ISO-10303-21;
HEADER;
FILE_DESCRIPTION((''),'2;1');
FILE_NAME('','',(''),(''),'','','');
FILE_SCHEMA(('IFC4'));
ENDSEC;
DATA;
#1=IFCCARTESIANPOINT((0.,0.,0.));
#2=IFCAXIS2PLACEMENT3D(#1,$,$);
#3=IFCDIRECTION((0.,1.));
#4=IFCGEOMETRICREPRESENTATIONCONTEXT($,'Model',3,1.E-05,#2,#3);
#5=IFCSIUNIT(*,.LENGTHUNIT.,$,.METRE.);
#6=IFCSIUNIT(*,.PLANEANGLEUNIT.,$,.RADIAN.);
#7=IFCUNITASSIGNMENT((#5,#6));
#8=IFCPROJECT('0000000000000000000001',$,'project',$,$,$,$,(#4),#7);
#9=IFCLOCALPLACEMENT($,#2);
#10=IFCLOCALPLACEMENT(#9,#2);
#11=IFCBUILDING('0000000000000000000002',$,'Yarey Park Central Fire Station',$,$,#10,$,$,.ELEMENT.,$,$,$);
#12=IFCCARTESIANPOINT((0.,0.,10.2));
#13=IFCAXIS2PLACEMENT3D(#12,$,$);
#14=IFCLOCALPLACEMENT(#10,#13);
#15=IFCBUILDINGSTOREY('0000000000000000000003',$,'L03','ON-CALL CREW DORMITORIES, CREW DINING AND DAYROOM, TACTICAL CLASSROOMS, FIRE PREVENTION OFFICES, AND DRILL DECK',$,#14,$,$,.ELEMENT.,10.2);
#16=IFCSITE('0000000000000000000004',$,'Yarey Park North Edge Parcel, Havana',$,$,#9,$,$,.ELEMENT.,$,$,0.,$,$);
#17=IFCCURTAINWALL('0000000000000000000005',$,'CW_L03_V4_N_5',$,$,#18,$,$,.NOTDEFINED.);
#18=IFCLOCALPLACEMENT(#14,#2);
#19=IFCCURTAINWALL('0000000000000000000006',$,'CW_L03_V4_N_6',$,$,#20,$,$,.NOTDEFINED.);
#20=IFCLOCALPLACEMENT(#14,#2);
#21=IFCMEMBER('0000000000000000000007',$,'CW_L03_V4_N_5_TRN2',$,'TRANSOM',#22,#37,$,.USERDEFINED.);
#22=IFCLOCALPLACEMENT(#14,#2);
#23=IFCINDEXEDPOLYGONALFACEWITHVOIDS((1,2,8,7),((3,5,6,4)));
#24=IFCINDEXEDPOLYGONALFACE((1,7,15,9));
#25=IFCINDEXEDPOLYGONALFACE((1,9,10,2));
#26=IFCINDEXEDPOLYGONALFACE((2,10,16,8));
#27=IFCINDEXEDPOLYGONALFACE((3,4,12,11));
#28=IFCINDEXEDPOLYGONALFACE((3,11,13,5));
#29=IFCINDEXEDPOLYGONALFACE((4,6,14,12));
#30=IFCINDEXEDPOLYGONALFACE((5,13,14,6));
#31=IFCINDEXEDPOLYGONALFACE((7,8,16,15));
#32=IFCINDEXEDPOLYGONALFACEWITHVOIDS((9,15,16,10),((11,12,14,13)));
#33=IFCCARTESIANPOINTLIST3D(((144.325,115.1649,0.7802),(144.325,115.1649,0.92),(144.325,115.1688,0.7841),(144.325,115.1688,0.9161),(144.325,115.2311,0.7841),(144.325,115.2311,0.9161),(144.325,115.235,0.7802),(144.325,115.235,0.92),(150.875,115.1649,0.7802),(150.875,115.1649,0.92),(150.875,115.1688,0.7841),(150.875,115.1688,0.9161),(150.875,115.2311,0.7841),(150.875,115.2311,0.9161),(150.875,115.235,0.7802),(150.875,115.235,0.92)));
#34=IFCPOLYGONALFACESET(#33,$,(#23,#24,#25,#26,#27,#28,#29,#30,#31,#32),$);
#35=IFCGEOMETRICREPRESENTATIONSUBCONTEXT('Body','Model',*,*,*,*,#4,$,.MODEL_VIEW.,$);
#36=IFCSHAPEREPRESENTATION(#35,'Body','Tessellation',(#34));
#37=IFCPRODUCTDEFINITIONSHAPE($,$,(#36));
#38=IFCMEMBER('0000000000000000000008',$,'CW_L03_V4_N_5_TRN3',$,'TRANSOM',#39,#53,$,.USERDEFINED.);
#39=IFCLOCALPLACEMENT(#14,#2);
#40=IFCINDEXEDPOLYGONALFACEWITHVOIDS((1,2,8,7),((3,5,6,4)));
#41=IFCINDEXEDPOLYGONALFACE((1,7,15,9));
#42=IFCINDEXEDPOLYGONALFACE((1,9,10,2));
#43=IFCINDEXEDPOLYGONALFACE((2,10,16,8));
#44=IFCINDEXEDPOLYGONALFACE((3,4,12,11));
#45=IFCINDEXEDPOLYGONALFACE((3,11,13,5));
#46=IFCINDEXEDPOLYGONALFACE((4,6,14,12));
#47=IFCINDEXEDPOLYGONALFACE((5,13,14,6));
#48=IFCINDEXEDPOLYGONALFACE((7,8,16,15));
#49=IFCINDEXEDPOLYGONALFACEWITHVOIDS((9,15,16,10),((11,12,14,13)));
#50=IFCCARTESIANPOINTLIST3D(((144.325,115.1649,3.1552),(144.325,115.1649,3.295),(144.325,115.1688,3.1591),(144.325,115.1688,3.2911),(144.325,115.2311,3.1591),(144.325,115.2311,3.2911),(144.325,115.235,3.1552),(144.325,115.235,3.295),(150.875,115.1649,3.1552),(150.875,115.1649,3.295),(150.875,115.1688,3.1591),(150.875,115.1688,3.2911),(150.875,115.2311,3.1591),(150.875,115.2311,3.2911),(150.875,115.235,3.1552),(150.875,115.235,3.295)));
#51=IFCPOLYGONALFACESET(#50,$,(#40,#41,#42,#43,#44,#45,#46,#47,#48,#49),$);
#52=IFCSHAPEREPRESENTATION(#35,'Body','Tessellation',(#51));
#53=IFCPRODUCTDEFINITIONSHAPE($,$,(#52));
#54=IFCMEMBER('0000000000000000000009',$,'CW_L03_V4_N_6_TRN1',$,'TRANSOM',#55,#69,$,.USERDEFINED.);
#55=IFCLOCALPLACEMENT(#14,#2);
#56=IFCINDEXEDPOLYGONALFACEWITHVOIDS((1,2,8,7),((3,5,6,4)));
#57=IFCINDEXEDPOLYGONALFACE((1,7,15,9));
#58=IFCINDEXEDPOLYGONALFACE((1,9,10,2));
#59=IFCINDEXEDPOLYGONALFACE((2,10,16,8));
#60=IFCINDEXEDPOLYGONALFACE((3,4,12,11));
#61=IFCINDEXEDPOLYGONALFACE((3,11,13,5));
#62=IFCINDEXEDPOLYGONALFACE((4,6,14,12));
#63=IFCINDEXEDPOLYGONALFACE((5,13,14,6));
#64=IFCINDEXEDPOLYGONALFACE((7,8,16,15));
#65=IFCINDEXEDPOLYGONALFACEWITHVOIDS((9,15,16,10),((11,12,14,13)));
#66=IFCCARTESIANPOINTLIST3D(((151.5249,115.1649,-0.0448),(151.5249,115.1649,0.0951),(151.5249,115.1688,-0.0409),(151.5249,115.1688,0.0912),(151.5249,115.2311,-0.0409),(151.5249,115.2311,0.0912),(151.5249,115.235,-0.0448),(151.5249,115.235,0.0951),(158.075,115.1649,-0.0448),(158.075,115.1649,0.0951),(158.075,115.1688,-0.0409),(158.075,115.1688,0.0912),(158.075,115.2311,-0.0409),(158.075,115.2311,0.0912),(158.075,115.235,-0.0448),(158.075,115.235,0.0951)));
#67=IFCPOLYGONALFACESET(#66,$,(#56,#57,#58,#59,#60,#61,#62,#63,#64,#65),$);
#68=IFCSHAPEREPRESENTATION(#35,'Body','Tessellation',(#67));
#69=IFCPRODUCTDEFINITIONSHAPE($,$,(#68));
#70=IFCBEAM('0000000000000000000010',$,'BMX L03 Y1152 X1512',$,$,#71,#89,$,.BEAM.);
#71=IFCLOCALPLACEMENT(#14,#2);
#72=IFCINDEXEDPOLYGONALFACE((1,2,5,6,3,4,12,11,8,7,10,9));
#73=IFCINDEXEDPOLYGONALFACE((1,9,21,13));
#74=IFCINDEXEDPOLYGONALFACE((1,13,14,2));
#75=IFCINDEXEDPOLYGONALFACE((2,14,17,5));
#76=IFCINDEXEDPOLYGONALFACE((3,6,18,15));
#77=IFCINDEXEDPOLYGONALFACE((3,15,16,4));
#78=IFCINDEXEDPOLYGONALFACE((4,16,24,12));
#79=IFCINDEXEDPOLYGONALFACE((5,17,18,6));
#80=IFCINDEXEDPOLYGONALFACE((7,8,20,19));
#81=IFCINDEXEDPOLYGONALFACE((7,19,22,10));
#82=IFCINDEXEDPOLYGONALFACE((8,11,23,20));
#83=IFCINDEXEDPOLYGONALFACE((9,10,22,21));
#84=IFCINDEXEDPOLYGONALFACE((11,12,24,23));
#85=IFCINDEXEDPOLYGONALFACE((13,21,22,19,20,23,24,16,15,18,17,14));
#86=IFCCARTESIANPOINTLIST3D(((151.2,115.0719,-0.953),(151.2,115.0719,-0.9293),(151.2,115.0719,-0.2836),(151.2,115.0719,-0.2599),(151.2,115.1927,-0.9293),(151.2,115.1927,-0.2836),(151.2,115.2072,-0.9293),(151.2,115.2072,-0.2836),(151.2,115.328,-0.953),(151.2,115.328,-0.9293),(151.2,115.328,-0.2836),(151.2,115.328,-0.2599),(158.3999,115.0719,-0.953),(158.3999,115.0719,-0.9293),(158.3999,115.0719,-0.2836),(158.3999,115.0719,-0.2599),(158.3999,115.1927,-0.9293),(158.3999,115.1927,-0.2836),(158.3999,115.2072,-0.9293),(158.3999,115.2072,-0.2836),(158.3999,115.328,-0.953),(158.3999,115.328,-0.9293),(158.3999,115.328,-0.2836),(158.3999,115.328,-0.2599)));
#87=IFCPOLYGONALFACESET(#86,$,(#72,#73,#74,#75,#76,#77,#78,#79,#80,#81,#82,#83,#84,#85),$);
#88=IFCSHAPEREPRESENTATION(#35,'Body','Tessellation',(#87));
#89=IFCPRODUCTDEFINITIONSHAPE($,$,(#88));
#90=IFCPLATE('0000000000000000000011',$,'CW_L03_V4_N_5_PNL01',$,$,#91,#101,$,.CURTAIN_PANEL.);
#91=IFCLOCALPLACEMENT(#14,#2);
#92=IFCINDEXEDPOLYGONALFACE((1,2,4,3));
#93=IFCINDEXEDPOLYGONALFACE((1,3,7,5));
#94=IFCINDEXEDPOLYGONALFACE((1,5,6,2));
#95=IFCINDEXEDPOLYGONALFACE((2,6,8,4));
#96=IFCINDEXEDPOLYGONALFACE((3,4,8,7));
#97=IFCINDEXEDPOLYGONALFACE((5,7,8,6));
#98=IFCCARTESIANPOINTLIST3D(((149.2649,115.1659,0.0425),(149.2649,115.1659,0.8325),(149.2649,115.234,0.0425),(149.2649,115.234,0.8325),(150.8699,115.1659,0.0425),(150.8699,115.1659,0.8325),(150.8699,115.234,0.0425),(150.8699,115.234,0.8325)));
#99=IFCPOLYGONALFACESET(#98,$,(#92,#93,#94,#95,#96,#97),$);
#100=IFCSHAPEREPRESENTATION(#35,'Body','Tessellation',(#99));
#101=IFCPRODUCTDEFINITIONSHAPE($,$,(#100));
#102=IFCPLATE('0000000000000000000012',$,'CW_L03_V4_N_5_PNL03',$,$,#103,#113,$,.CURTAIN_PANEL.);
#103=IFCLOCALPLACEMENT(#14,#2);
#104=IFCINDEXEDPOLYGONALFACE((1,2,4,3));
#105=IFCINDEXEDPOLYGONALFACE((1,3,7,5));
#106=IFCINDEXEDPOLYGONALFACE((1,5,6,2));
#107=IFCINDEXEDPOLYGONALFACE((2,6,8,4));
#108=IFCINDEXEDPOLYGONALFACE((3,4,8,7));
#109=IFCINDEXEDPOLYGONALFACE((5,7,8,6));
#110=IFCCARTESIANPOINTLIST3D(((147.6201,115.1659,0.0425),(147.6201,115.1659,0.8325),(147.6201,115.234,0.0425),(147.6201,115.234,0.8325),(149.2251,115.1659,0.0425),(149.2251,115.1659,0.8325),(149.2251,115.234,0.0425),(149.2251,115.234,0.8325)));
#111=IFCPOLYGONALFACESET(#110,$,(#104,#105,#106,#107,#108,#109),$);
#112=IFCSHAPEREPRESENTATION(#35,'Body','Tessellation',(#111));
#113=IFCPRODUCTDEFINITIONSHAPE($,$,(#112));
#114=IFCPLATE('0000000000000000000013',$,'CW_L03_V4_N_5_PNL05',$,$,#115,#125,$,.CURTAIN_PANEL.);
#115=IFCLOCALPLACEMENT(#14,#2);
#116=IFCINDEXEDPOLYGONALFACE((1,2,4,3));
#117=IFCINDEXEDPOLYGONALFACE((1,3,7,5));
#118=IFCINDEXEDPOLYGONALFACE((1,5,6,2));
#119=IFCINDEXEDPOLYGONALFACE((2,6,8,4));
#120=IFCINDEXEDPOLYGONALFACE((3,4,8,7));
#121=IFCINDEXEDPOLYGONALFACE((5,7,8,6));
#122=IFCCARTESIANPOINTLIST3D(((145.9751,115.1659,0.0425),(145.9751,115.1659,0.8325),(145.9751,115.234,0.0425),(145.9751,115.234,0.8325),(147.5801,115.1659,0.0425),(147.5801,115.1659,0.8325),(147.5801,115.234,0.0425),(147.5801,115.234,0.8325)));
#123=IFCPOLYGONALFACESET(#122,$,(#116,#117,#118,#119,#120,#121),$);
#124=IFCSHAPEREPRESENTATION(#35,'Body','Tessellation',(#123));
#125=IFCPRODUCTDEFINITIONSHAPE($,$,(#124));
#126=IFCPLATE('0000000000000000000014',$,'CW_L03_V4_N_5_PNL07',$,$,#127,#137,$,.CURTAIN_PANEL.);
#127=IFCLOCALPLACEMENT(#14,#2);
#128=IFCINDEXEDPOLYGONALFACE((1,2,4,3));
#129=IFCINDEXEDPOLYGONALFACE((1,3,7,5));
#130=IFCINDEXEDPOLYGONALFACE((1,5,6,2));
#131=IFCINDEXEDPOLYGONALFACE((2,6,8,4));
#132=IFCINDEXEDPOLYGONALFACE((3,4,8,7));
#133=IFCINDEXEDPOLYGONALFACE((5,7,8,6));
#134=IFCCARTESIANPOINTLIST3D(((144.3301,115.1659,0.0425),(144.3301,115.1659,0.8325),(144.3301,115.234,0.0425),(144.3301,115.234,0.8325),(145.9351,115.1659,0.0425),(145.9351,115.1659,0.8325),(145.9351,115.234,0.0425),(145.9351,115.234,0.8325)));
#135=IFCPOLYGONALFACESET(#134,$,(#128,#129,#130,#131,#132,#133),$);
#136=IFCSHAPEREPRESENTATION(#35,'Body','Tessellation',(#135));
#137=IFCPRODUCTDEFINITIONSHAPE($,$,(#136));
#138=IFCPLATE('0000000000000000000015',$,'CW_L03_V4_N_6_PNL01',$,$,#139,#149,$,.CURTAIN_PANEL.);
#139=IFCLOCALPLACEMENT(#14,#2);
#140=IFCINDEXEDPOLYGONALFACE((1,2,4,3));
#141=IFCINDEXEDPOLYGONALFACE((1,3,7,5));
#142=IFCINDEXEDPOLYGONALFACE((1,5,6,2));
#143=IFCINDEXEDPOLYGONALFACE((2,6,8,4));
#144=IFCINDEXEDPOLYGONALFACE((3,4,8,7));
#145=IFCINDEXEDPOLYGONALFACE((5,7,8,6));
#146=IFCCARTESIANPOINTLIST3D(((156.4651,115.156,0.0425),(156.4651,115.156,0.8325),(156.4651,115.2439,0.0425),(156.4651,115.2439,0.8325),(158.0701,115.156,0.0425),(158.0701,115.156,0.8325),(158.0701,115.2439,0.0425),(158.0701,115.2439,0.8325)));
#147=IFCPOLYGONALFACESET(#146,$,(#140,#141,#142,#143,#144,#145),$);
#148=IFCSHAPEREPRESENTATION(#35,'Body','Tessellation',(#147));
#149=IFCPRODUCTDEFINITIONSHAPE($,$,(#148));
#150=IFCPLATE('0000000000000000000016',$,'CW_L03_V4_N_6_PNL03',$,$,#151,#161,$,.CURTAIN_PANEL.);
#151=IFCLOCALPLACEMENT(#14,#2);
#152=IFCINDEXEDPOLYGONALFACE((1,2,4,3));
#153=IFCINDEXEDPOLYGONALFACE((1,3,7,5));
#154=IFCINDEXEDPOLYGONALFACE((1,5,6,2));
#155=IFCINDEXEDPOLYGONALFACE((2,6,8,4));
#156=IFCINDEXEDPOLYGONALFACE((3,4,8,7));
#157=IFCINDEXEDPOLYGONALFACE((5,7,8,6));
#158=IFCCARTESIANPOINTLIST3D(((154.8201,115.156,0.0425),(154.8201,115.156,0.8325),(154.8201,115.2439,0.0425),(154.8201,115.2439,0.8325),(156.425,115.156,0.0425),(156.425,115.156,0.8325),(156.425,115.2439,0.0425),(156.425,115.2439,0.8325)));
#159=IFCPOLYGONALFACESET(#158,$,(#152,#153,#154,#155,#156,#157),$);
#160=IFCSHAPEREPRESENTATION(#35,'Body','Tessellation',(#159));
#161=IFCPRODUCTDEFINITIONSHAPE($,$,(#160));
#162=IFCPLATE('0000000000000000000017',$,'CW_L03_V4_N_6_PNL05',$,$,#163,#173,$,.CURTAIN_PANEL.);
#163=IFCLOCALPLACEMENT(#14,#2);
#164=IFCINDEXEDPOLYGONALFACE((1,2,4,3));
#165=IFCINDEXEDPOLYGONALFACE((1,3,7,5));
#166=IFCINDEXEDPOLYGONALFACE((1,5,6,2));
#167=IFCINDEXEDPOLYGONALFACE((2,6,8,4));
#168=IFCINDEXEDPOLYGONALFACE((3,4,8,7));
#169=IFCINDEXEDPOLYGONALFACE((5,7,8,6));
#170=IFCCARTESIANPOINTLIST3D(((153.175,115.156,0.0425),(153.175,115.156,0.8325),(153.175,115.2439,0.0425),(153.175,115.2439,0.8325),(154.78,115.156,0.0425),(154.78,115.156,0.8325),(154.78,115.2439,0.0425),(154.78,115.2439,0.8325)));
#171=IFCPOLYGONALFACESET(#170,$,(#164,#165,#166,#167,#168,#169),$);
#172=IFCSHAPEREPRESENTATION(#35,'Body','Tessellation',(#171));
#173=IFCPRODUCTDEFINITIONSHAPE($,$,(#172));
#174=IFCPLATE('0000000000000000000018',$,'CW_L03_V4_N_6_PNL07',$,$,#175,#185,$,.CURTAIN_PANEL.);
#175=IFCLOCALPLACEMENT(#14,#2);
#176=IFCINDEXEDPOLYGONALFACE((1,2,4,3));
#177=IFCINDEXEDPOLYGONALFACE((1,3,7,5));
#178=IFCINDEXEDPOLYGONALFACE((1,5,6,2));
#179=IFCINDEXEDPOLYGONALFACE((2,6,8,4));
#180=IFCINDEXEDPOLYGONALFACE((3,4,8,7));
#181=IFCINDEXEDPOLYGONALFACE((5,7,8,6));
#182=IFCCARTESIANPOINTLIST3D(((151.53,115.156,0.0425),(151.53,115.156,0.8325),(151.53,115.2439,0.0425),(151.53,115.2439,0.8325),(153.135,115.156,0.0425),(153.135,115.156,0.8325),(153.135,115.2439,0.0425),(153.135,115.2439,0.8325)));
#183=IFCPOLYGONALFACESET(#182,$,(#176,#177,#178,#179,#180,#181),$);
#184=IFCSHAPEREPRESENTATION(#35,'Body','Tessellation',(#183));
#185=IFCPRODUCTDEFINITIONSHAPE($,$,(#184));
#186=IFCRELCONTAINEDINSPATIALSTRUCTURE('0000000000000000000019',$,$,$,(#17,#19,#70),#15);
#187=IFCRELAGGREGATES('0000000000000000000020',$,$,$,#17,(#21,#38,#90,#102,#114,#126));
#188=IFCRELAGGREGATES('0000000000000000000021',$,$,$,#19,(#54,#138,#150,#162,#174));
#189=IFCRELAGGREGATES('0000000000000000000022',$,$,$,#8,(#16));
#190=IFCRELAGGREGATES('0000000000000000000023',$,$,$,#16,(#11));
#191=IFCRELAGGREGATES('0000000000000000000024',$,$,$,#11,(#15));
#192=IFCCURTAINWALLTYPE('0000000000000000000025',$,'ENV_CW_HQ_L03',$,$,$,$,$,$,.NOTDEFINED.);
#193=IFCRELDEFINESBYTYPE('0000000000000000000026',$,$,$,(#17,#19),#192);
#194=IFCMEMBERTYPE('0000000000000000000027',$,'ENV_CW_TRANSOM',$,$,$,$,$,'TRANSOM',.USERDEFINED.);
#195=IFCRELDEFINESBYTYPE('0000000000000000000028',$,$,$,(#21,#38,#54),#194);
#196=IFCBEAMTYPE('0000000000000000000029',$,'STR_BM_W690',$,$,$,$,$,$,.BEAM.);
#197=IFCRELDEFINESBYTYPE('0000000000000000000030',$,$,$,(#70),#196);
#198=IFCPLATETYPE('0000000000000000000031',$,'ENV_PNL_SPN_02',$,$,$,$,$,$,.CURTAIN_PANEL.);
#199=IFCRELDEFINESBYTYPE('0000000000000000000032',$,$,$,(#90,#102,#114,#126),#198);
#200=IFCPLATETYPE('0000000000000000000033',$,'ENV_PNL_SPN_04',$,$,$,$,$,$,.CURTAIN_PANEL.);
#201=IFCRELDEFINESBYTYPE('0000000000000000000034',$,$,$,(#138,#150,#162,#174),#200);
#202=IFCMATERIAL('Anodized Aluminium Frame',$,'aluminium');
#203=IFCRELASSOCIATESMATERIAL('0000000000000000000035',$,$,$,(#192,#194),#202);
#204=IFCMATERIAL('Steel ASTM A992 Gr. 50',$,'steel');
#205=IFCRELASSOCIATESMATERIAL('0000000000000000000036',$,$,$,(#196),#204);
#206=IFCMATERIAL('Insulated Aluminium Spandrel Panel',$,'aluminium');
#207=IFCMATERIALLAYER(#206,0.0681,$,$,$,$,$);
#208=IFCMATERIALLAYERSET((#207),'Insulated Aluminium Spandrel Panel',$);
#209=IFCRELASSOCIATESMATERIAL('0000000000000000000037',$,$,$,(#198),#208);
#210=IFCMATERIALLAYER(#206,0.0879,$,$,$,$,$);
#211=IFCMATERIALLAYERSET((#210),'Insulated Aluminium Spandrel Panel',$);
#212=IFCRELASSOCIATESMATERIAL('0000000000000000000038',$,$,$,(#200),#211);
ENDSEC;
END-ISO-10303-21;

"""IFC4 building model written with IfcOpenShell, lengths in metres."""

from ifc_helpers import new_model, si_unit, direction, frame, origin, origin_2d, place, context, subcontext, project, spatial, rectangle, hollow_rectangle, i_section, extrude, material, layer, layer_set, material_profile, profile_set, type_object, element, aggregate, save


model = new_model("IFC4")

# Units and contexts
model_context = context("Model", 3, precision=1e-05, world=origin(), true_north=direction((0.0, 1.0)))
body_context = subcontext(model_context, "Body", "Model", "MODEL_VIEW")
ifc_project = project(units=[si_unit("LENGTHUNIT", "METRE"), si_unit("PLANEANGLEUNIT", "RADIAN")], contexts=[model_context])

# Site, building, storey
site_placement = place(None, origin())
site = spatial("IfcSite", under=ifc_project, at=site_placement, Name="Yarey Park North Edge Parcel, Havana", CompositionType="ELEMENT", RefElevation=0.0)
building_placement = place(site_placement, origin())
building = spatial("IfcBuilding", under=site, at=building_placement, Name="Yarey Park Central Fire Station", CompositionType="ELEMENT")
storey_placement = place(building_placement, frame((0.0, 0.0, 10.2)))
storey = spatial("IfcBuildingStorey", under=building, at=storey_placement, Name="L03", Description="ON-CALL CREW DORMITORIES, CREW DINING AND DAYROOM, TACTICAL CLASSROOMS, FIRE PREVENTION OFFICES, AND DRILL DECK", CompositionType="ELEMENT", Elevation=10.2)

# Curtain walls
ifc_material_1 = material(Name="Anodized Aluminium Frame", Category="aluminium")
curtain_wall_type = type_object("IfcCurtainWallType", Name="ENV_CW_HQ_L03", PredefinedType="NOTDEFINED", material=ifc_material_1)
curtain_wall_1_placement = place(storey_placement, origin())
curtain_wall_1 = element("IfcCurtainWall", 1, at=curtain_wall_1_placement, inside=storey, type_object=curtain_wall_type, Name="CW_L03_V4_N_5", PredefinedType="NOTDEFINED")
curtain_wall_2_placement = place(storey_placement, origin())
curtain_wall_2 = element("IfcCurtainWall", 2, at=curtain_wall_2_placement, inside=storey, type_object=curtain_wall_type, Name="CW_L03_V4_N_6", PredefinedType="NOTDEFINED")

# Members
ifc_material_profile_1 = material_profile(ifc_material_1, hollow_rectangle(XDim=0.0701, YDim=0.1399, WallThickness=0.0039, at=origin_2d()), Name="ALU 140x70x4")
ifc_profile_set_1 = profile_set([ifc_material_profile_1], Name="Anodized Aluminium Frame")
member_type_1 = type_object("IfcMemberType", Name="ENV_CW_TRANSOM", ElementType="TRANSOM", PredefinedType="USERDEFINED", material=ifc_profile_set_1)
member_1_placement = place(storey_placement, frame((150.875, 115.2, 0.8501), z_axis=(-1.0, 0.0, 0.0), x_axis=(0.0, -1.0, 0.0)))
member_1 = element("IfcMember", 3, at=member_1_placement, type_object=member_type_1, Name="CW_L03_V4_N_5_TRN2", ObjectType="TRANSOM", PredefinedType="USERDEFINED", context=body_context, shape_type="SweptSolid", body=[
    extrude(hollow_rectangle(XDim=0.0701, YDim=0.1399, WallThickness=0.0039, at=origin_2d()), origin(), (0.0, 0.0, 1.0), 6.55),
])
member_2_placement = place(storey_placement, frame((150.875, 115.2, 3.2251), z_axis=(-1.0, 0.0, 0.0), x_axis=(0.0, -1.0, 0.0)))
member_2 = element("IfcMember", 4, at=member_2_placement, type_object=member_type_1, Name="CW_L03_V4_N_5_TRN3", ObjectType="TRANSOM", PredefinedType="USERDEFINED", context=body_context, shape_type="SweptSolid", body=[
    extrude(hollow_rectangle(XDim=0.0701, YDim=0.1399, WallThickness=0.0039, at=origin_2d()), origin(), (0.0, 0.0, 1.0), 6.55),
])
member_3_placement = place(storey_placement, frame((158.075, 115.2, 0.0251), z_axis=(-1.0, 0.0, 0.0), x_axis=(0.0, -1.0, 0.0)))
member_3 = element("IfcMember", 5, at=member_3_placement, type_object=member_type_1, Name="CW_L03_V4_N_6_TRN1", ObjectType="TRANSOM", PredefinedType="USERDEFINED", context=body_context, shape_type="SweptSolid", body=[
    extrude(hollow_rectangle(XDim=0.0701, YDim=0.1399, WallThickness=0.0039, at=origin_2d()), origin(), (0.0, 0.0, 1.0), 6.55),
])

# Beam
ifc_material_2 = material(Name="Steel ASTM A992 Gr. 50", Category="steel")
ifc_material_profile_2 = material_profile(ifc_material_2, i_section(OverallWidth=0.2561, OverallDepth=0.6931, WebThickness=0.0144, FlangeThickness=0.0237, at=origin_2d()), Name="W690x170")
ifc_profile_set_2 = profile_set([ifc_material_profile_2], Name="Steel ASTM A992 Gr. 50")
beam_type = type_object("IfcBeamType", Name="STR_BM_W690", PredefinedType="BEAM", material=ifc_profile_set_2)
beam_placement = place(storey_placement, frame((151.2, 115.2, -0.6064), z_axis=(1.0, 0.0, 0.0), x_axis=(0.0, 1.0, 0.0)))
element("IfcBeam", 6, at=beam_placement, inside=storey, type_object=beam_type, Name="BMX L03 Y1152 X1512", PredefinedType="BEAM", context=body_context, shape_type="SweptSolid", body=[
    extrude(i_section(OverallWidth=0.2561, OverallDepth=0.6931, WebThickness=0.0144, FlangeThickness=0.0237, at=origin_2d()), origin(), (0.0, 0.0, 1.0), 7.2),
])

# Plates
ifc_material_3 = material(Name="Insulated Aluminium Spandrel Panel", Category="aluminium")
ifc_layer_1 = layer(ifc_material_3, 0.0681)
ifc_layer_set_1 = layer_set([ifc_layer_1], Name="Insulated Aluminium Spandrel Panel")
plate_type_1 = type_object("IfcPlateType", Name="ENV_PNL_SPN_02", PredefinedType="CURTAIN_PANEL", material=ifc_layer_set_1)
plate_1_placement = place(storey_placement, frame((150.0674, 115.2, 0.0425), z_axis=(0.0, 0.0, 1.0), x_axis=(-1.0, 0.0, 0.0)))
plate_1 = element("IfcPlate", 7, at=plate_1_placement, type_object=plate_type_1, Name="CW_L03_V4_N_5_PNL01", PredefinedType="CURTAIN_PANEL", context=body_context, shape_type="SweptSolid", body=[
    extrude(rectangle(XDim=1.605, YDim=0.0681, at=origin_2d()), origin(), (0.0, 0.0, 1.0), 0.79),
])
plate_2_placement = place(storey_placement, frame((148.4226, 115.2, 0.0425), z_axis=(0.0, 0.0, 1.0), x_axis=(-1.0, 0.0, 0.0)))
plate_2 = element("IfcPlate", 8, at=plate_2_placement, type_object=plate_type_1, Name="CW_L03_V4_N_5_PNL03", PredefinedType="CURTAIN_PANEL", context=body_context, shape_type="SweptSolid", body=[
    extrude(rectangle(XDim=1.605, YDim=0.0681, at=origin_2d()), origin(), (0.0, 0.0, 1.0), 0.79),
])
plate_3_placement = place(storey_placement, frame((146.7776, 115.2, 0.0425), z_axis=(0.0, 0.0, 1.0), x_axis=(-1.0, 0.0, 0.0)))
plate_3 = element("IfcPlate", 9, at=plate_3_placement, type_object=plate_type_1, Name="CW_L03_V4_N_5_PNL05", PredefinedType="CURTAIN_PANEL", context=body_context, shape_type="SweptSolid", body=[
    extrude(rectangle(XDim=1.605, YDim=0.0681, at=origin_2d()), origin(), (0.0, 0.0, 1.0), 0.79),
])
plate_4_placement = place(storey_placement, frame((145.1326, 115.2, 0.0425), z_axis=(0.0, 0.0, 1.0), x_axis=(-1.0, 0.0, 0.0)))
plate_4 = element("IfcPlate", 10, at=plate_4_placement, type_object=plate_type_1, Name="CW_L03_V4_N_5_PNL07", PredefinedType="CURTAIN_PANEL", context=body_context, shape_type="SweptSolid", body=[
    extrude(rectangle(XDim=1.605, YDim=0.0681, at=origin_2d()), origin(), (0.0, 0.0, 1.0), 0.79),
])
ifc_layer_2 = layer(ifc_material_3, 0.0879)
ifc_layer_set_2 = layer_set([ifc_layer_2], Name="Insulated Aluminium Spandrel Panel")
plate_type_2 = type_object("IfcPlateType", Name="ENV_PNL_SPN_04", PredefinedType="CURTAIN_PANEL", material=ifc_layer_set_2)
plate_5_placement = place(storey_placement, frame((157.2676, 115.2, 0.0425), z_axis=(0.0, 0.0, 1.0), x_axis=(-1.0, 0.0, 0.0)))
plate_5 = element("IfcPlate", 11, at=plate_5_placement, type_object=plate_type_2, Name="CW_L03_V4_N_6_PNL01", PredefinedType="CURTAIN_PANEL", context=body_context, shape_type="SweptSolid", body=[
    extrude(rectangle(XDim=1.605, YDim=0.0879, at=origin_2d()), origin(), (0.0, 0.0, 1.0), 0.79),
])
plate_6_placement = place(storey_placement, frame((155.6226, 115.2, 0.0425), z_axis=(0.0, 0.0, 1.0), x_axis=(-1.0, 0.0, 0.0)))
plate_6 = element("IfcPlate", 12, at=plate_6_placement, type_object=plate_type_2, Name="CW_L03_V4_N_6_PNL03", PredefinedType="CURTAIN_PANEL", context=body_context, shape_type="SweptSolid", body=[
    extrude(rectangle(XDim=1.605, YDim=0.0879, at=origin_2d()), origin(), (0.0, 0.0, 1.0), 0.79),
])
plate_7_placement = place(storey_placement, frame((153.9775, 115.2, 0.0425), z_axis=(0.0, 0.0, 1.0), x_axis=(-1.0, 0.0, 0.0)))
plate_7 = element("IfcPlate", 13, at=plate_7_placement, type_object=plate_type_2, Name="CW_L03_V4_N_6_PNL05", PredefinedType="CURTAIN_PANEL", context=body_context, shape_type="SweptSolid", body=[
    extrude(rectangle(XDim=1.605, YDim=0.0879, at=origin_2d()), origin(), (0.0, 0.0, 1.0), 0.79),
])
plate_8_placement = place(storey_placement, frame((152.3325, 115.2, 0.0425), z_axis=(0.0, 0.0, 1.0), x_axis=(-1.0, 0.0, 0.0)))
plate_8 = element("IfcPlate", 14, at=plate_8_placement, type_object=plate_type_2, Name="CW_L03_V4_N_6_PNL07", PredefinedType="CURTAIN_PANEL", context=body_context, shape_type="SweptSolid", body=[
    extrude(rectangle(XDim=1.605, YDim=0.0879, at=origin_2d()), origin(), (0.0, 0.0, 1.0), 0.79),
])
aggregate(curtain_wall_1, [member_1, member_2, plate_1, plate_2, plate_3, plate_4])
aggregate(curtain_wall_2, [member_3, plate_5, plate_6, plate_7, plate_8])

save(model, "model.ifc")
